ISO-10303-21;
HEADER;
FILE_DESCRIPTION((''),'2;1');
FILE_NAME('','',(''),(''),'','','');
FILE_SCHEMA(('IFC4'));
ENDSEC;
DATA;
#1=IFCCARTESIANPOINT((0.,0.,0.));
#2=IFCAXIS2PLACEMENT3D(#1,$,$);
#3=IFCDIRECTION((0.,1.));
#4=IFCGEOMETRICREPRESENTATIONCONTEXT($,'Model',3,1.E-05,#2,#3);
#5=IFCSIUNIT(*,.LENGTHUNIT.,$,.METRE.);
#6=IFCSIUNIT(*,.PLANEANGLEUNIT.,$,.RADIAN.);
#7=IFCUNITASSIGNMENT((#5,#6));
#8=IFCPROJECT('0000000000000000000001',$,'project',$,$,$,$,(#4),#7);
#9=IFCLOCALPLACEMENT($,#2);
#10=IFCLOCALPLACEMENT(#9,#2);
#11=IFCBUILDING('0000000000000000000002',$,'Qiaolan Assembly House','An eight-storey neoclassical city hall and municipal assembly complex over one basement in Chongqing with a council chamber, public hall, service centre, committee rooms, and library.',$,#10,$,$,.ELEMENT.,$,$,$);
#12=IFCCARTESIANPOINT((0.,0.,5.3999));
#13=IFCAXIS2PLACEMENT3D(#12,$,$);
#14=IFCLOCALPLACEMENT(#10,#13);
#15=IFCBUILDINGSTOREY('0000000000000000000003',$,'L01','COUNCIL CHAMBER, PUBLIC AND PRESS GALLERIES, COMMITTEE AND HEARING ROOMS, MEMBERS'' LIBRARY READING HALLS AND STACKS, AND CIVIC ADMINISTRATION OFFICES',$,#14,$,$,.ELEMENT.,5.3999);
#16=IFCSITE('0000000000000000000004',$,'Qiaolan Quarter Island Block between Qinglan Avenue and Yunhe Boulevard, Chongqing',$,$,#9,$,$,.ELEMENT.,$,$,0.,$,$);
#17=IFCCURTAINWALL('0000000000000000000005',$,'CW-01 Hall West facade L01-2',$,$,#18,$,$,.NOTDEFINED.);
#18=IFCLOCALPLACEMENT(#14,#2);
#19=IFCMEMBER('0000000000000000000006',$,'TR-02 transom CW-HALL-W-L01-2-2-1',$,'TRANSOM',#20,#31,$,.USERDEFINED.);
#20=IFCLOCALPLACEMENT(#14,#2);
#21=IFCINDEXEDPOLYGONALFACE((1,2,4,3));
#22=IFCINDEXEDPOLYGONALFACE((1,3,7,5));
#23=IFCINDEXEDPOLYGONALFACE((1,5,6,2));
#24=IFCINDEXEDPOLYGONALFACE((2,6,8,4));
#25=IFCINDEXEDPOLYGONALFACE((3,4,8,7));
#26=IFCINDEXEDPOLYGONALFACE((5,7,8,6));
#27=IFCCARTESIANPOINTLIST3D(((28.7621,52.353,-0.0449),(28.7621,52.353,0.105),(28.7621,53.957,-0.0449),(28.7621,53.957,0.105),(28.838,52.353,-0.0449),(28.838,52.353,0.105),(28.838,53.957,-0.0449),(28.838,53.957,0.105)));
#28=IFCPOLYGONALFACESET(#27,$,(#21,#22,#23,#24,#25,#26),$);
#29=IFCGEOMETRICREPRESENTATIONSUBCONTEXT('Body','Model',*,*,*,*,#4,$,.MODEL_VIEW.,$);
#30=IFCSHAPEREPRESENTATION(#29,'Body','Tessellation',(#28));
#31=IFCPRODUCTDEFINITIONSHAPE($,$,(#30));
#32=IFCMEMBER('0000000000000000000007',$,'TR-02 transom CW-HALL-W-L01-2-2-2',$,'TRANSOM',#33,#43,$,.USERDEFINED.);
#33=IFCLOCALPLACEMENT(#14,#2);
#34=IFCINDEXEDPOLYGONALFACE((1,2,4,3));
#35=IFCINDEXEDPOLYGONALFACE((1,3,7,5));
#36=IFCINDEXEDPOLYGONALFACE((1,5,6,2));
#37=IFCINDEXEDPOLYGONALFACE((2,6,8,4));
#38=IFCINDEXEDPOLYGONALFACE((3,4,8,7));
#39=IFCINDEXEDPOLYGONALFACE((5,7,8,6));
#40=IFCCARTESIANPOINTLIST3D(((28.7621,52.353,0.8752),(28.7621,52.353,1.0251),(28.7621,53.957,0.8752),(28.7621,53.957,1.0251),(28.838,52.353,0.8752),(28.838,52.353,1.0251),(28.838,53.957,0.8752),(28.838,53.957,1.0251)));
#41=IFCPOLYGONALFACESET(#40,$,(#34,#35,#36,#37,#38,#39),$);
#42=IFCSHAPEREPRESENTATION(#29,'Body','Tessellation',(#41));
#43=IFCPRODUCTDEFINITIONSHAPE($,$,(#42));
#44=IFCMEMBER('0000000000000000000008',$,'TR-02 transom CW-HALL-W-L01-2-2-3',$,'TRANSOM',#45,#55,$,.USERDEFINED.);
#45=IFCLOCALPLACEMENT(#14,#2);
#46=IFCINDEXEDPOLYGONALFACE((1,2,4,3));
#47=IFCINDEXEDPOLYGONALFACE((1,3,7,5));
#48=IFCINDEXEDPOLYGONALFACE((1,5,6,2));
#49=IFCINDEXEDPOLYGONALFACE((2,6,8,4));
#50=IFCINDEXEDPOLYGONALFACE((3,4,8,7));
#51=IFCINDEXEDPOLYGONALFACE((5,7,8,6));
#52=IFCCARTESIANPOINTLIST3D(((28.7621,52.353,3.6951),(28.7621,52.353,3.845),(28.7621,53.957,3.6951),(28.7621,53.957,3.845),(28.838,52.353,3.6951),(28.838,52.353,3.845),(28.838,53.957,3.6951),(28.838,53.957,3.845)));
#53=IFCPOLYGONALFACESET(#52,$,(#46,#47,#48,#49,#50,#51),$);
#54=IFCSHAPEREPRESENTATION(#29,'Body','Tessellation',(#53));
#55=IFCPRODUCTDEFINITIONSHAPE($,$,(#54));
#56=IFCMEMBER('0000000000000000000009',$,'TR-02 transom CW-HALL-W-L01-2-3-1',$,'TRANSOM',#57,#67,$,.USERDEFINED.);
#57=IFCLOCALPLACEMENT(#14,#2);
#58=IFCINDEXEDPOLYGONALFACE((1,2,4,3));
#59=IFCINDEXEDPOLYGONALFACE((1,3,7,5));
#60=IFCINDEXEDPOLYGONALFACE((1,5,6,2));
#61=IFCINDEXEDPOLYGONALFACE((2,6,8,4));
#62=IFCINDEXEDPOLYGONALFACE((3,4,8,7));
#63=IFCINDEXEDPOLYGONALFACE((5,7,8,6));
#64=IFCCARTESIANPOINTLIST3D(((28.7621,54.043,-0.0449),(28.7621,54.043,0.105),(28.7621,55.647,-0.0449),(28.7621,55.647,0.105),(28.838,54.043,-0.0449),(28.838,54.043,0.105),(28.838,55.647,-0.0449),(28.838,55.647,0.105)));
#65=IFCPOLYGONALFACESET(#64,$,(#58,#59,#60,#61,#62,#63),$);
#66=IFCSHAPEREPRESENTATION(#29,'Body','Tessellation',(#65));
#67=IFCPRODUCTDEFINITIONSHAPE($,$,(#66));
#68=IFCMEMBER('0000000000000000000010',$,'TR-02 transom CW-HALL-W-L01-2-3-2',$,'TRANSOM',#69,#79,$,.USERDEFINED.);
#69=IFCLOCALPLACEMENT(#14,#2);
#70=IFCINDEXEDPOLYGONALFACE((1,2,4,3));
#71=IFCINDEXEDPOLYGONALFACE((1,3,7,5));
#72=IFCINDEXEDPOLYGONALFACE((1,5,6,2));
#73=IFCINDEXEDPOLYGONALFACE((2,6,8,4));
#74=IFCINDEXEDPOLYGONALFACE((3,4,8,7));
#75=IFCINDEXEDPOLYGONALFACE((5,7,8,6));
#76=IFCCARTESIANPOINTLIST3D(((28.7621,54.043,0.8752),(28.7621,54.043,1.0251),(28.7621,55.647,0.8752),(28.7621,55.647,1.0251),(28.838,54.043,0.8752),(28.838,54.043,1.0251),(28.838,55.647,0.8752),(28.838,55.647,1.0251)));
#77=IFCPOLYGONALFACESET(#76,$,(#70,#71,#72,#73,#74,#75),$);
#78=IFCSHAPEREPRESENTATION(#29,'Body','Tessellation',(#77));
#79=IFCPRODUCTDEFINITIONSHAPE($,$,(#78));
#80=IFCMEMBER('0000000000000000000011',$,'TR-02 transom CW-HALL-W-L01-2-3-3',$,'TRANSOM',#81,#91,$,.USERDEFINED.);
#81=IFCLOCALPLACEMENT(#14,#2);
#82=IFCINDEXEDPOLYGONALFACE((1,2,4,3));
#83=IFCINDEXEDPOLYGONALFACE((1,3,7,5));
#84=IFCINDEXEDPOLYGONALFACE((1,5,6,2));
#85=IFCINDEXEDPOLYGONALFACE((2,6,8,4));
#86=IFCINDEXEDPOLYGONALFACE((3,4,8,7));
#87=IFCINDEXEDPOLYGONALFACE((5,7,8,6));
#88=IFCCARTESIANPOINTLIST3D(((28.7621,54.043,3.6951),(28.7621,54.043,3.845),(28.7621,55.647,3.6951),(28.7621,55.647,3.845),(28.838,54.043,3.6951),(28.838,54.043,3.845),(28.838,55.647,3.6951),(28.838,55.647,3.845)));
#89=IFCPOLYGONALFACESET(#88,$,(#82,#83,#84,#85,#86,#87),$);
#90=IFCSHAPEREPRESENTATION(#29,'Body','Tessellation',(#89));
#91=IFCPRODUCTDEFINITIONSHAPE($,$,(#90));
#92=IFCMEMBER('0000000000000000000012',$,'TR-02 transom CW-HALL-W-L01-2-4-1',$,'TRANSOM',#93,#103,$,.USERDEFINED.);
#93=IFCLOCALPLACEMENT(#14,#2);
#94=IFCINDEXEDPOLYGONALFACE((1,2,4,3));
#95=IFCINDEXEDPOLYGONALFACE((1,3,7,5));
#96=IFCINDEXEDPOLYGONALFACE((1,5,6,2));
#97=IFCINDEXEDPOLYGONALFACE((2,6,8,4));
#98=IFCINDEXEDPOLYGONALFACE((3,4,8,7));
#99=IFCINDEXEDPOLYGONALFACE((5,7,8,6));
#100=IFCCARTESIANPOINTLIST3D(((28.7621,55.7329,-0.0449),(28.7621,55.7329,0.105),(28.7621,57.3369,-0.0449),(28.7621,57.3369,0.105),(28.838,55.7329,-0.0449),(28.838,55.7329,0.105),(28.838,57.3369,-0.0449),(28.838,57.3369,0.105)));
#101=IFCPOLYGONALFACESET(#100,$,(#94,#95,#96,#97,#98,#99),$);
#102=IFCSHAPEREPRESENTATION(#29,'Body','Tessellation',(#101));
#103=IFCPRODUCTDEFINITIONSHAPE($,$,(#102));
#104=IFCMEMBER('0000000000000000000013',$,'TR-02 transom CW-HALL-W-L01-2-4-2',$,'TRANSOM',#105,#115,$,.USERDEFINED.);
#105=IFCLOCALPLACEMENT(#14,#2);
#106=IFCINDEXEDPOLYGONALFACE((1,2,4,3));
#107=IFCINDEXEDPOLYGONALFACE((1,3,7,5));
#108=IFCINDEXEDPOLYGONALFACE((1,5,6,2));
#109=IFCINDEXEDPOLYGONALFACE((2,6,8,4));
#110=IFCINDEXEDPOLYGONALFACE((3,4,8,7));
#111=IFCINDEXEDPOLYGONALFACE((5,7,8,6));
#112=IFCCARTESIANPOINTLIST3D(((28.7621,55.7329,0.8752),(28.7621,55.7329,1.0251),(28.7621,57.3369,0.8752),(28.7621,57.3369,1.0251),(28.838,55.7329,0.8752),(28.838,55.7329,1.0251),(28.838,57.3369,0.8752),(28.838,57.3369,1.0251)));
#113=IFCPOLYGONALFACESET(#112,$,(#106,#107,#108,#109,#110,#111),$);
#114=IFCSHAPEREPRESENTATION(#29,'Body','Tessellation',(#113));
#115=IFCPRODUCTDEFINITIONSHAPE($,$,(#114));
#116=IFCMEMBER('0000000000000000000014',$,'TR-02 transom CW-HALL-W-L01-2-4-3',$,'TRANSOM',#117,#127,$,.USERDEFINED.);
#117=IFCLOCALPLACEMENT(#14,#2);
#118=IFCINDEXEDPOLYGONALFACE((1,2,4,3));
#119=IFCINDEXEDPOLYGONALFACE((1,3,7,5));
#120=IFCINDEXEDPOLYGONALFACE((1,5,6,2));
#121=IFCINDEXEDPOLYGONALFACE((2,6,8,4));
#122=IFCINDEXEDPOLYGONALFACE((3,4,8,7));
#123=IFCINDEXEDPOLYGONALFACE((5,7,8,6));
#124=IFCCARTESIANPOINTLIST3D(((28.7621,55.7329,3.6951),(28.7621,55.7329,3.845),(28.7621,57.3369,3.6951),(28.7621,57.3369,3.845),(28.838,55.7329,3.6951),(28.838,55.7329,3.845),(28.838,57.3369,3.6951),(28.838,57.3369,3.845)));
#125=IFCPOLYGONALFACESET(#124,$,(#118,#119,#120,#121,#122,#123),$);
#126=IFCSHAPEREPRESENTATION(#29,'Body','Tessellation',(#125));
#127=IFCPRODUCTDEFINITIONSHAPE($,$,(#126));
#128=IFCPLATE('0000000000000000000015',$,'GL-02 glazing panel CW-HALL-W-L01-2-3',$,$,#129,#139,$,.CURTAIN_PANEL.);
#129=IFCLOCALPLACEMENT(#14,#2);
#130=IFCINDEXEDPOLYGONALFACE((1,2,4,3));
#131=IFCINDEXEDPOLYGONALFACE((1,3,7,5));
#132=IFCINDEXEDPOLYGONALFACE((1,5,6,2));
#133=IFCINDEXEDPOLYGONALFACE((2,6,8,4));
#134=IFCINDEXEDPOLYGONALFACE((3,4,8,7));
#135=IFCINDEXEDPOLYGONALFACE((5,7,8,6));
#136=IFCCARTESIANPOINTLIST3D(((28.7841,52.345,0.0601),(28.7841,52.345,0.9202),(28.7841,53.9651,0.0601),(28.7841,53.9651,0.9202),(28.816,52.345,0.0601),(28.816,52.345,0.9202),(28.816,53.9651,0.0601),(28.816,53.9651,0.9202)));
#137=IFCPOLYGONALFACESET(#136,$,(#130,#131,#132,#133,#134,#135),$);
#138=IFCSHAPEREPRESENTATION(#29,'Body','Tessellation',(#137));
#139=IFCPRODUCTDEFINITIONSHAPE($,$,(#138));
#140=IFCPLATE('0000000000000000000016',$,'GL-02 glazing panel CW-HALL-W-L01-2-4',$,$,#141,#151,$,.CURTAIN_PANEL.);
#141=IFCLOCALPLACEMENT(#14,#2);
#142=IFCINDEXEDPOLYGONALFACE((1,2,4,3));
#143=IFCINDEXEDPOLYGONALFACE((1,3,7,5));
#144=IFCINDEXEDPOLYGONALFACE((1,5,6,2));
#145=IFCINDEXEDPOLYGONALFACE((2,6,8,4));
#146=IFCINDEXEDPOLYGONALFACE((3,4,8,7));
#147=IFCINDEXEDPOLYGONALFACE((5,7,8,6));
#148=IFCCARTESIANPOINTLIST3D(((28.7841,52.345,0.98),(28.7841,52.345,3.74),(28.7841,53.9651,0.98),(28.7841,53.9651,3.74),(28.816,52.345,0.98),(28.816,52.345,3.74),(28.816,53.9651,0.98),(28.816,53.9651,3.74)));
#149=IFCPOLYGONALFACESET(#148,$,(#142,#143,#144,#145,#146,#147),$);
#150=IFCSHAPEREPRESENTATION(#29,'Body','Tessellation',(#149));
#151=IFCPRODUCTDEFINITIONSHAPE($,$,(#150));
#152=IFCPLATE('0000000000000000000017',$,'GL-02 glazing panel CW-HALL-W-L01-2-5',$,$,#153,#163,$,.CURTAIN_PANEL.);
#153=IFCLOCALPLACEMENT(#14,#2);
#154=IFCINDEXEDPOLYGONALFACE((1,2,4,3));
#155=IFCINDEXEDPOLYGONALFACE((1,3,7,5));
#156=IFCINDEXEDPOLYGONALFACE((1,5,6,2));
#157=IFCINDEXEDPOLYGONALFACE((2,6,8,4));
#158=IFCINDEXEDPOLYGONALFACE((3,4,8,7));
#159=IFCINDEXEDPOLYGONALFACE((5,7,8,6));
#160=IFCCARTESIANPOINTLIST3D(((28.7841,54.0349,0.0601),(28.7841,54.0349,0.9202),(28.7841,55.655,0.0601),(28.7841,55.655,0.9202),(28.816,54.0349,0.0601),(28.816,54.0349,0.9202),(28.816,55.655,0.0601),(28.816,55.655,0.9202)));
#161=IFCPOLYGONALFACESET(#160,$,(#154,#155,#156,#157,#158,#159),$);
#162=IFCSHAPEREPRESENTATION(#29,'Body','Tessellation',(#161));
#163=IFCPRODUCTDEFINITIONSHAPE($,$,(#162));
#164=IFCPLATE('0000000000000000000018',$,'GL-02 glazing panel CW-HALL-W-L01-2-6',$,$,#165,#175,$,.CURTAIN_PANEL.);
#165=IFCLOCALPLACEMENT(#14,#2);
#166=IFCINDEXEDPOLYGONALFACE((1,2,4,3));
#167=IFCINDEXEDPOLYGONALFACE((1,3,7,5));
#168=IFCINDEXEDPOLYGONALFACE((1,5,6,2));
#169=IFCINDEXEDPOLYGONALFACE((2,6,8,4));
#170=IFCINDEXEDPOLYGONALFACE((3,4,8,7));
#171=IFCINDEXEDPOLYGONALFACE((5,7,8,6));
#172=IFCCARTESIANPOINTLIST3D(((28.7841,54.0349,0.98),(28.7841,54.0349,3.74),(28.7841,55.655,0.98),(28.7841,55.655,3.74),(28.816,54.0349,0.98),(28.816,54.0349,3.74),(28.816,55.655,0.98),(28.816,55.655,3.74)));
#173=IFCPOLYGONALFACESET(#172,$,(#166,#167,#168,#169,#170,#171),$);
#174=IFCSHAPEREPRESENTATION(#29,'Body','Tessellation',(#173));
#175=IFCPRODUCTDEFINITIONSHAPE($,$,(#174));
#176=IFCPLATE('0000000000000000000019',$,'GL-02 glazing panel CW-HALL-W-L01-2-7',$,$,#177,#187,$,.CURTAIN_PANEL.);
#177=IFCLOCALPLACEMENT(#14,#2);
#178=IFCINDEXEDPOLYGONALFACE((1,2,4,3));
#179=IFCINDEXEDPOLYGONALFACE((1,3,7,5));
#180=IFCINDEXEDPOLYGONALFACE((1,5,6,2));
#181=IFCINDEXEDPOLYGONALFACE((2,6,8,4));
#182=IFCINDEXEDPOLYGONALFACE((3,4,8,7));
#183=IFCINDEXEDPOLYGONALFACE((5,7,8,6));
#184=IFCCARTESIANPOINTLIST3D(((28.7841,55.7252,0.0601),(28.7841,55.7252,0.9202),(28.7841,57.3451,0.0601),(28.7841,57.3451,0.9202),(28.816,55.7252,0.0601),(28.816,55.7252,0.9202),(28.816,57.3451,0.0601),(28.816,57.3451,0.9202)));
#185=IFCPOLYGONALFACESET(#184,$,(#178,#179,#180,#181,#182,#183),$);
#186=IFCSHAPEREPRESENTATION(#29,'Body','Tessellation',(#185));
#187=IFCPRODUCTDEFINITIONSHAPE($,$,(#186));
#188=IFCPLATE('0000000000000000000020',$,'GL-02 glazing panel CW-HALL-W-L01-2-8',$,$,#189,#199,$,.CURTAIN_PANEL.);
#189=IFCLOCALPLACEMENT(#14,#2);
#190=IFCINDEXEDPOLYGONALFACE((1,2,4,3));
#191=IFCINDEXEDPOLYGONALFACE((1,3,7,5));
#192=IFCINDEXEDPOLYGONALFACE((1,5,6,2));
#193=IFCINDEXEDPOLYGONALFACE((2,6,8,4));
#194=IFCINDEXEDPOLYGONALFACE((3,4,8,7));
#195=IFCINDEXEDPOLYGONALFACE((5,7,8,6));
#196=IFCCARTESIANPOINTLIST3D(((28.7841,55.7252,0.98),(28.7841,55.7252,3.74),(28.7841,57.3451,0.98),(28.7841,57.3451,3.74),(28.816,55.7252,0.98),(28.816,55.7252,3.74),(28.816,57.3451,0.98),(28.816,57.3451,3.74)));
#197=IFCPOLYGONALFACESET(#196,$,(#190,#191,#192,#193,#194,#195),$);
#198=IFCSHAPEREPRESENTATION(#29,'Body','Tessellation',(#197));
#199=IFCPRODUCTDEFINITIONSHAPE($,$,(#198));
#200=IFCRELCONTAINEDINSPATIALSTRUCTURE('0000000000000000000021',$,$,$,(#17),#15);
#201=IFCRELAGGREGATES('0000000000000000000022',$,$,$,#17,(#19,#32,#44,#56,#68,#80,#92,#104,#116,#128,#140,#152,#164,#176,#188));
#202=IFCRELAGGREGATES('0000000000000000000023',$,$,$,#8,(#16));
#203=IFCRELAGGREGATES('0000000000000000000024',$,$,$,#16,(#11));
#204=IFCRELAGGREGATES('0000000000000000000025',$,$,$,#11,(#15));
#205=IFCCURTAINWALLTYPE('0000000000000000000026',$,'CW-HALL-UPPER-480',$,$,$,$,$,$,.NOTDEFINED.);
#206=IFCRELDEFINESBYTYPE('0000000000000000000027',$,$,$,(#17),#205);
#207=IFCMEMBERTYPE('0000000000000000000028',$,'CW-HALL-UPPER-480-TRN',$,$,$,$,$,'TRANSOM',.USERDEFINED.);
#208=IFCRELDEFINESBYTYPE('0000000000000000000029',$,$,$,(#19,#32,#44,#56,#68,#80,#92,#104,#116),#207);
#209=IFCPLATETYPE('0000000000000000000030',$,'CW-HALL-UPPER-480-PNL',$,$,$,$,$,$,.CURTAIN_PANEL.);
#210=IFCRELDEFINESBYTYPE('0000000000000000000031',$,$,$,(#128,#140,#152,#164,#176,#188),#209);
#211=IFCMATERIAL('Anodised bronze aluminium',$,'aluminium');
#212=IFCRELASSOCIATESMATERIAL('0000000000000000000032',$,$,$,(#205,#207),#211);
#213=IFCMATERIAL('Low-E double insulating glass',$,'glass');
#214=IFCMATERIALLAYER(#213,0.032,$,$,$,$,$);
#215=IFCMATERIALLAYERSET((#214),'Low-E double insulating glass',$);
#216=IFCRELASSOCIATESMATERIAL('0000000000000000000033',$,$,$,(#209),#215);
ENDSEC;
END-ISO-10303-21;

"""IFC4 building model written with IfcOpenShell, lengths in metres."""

from ifc_helpers import new_model, si_unit, direction, frame, frame_2d, origin, origin_2d, place, context, subcontext, project, spatial, rectangle, extrude, material, layer, layer_set, material_profile, profile_set, type_object, element, aggregate, save


model = new_model("IFC4")

# Units and contexts
model_context = context("Model", 3, precision=1e-05, world=origin(), true_north=direction((0.0, 1.0)))
body_context = subcontext(model_context, "Body", "Model", "MODEL_VIEW")
ifc_project = project(units=[si_unit("LENGTHUNIT", "METRE"), si_unit("PLANEANGLEUNIT", "RADIAN")], contexts=[model_context])

# Site, building, storey
site_placement = place(None, origin())
site = spatial("IfcSite", under=ifc_project, at=site_placement, Name="Qiaolan Quarter Island Block between Qinglan Avenue and Yunhe Boulevard, Chongqing", CompositionType="ELEMENT", RefElevation=0.0)
building_placement = place(site_placement, origin())
building = spatial("IfcBuilding", under=site, at=building_placement, Name="Qiaolan Assembly House", Description="An eight-storey neoclassical city hall and municipal assembly complex over one basement in Chongqing with a council chamber, public hall, service centre, committee rooms, and library.", CompositionType="ELEMENT")
storey_placement = place(building_placement, frame((0.0, 0.0, 5.3999)))
storey = spatial("IfcBuildingStorey", under=building, at=storey_placement, Name="L01", Description="COUNCIL CHAMBER, PUBLIC AND PRESS GALLERIES, COMMITTEE AND HEARING ROOMS, MEMBERS' LIBRARY READING HALLS AND STACKS, AND CIVIC ADMINISTRATION OFFICES", CompositionType="ELEMENT", Elevation=5.3999)

# Curtain wall, members, plates
ifc_material_1 = material(Name="Anodised bronze aluminium", Category="aluminium")
curtain_wall_type = type_object("IfcCurtainWallType", Name="CW-HALL-UPPER-480", PredefinedType="NOTDEFINED", material=ifc_material_1)
curtain_wall_placement = place(storey_placement, origin())
curtain_wall = element("IfcCurtainWall", 1, at=curtain_wall_placement, inside=storey, type_object=curtain_wall_type, Name="CW-01 Hall West facade L01-2", PredefinedType="NOTDEFINED")
ifc_material_profile_1 = material_profile(ifc_material_1, rectangle(XDim=0.0759, YDim=0.1499, at=origin_2d()), Name="TRN 76x150")
ifc_profile_set_1 = profile_set([ifc_material_profile_1], Name="Anodised bronze aluminium")
member_type_1 = type_object("IfcMemberType", Name="CW-HALL-UPPER-480-TRN", ElementType="TRANSOM", PredefinedType="USERDEFINED", material=ifc_profile_set_1)
member_1_placement = place(storey_placement, frame((28.8, 52.353, 0.03), z_axis=(0.0, 1.0, 0.0), x_axis=(-1.0, 0.0, 0.0)))
member_1 = element("IfcMember", 2, at=member_1_placement, type_object=member_type_1, Name="TR-02 transom CW-HALL-W-L01-2-2-1", ObjectType="TRANSOM", PredefinedType="USERDEFINED", context=body_context, shape_type="SweptSolid", body=[
    extrude(rectangle(XDim=0.0759, YDim=0.1499, at=origin_2d()), origin(), (0.0, 0.0, 1.0), 1.604),
])
member_2_placement = place(storey_placement, frame((28.8, 52.353, 0.9502), z_axis=(0.0, 1.0, 0.0), x_axis=(-1.0, 0.0, 0.0)))
member_2 = element("IfcMember", 3, at=member_2_placement, type_object=member_type_1, Name="TR-02 transom CW-HALL-W-L01-2-2-2", ObjectType="TRANSOM", PredefinedType="USERDEFINED", context=body_context, shape_type="SweptSolid", body=[
    extrude(rectangle(XDim=0.0759, YDim=0.1499, at=origin_2d()), origin(), (0.0, 0.0, 1.0), 1.604),
])
member_3_placement = place(storey_placement, frame((28.8, 52.353, 3.77), z_axis=(0.0, 1.0, 0.0), x_axis=(-1.0, 0.0, 0.0)))
member_3 = element("IfcMember", 4, at=member_3_placement, type_object=member_type_1, Name="TR-02 transom CW-HALL-W-L01-2-2-3", ObjectType="TRANSOM", PredefinedType="USERDEFINED", context=body_context, shape_type="SweptSolid", body=[
    extrude(rectangle(XDim=0.0759, YDim=0.1499, at=origin_2d()), origin(), (0.0, 0.0, 1.0), 1.604),
])
member_4_placement = place(storey_placement, frame((28.8, 54.043, 0.03), z_axis=(0.0, 1.0, 0.0), x_axis=(-1.0, 0.0, 0.0)))
member_4 = element("IfcMember", 5, at=member_4_placement, type_object=member_type_1, Name="TR-02 transom CW-HALL-W-L01-2-3-1", ObjectType="TRANSOM", PredefinedType="USERDEFINED", context=body_context, shape_type="SweptSolid", body=[
    extrude(rectangle(XDim=0.0759, YDim=0.1499, at=origin_2d()), origin(), (0.0, 0.0, 1.0), 1.604),
])
member_5_placement = place(storey_placement, frame((28.8, 54.043, 0.9502), z_axis=(0.0, 1.0, 0.0), x_axis=(-1.0, 0.0, 0.0)))
member_5 = element("IfcMember", 6, at=member_5_placement, type_object=member_type_1, Name="TR-02 transom CW-HALL-W-L01-2-3-2", ObjectType="TRANSOM", PredefinedType="USERDEFINED", context=body_context, shape_type="SweptSolid", body=[
    extrude(rectangle(XDim=0.0759, YDim=0.1499, at=origin_2d()), origin(), (0.0, 0.0, 1.0), 1.604),
])
member_6_placement = place(storey_placement, frame((28.8, 54.043, 3.77), z_axis=(0.0, 1.0, 0.0), x_axis=(-1.0, 0.0, 0.0)))
member_6 = element("IfcMember", 7, at=member_6_placement, type_object=member_type_1, Name="TR-02 transom CW-HALL-W-L01-2-3-3", ObjectType="TRANSOM", PredefinedType="USERDEFINED", context=body_context, shape_type="SweptSolid", body=[
    extrude(rectangle(XDim=0.0759, YDim=0.1499, at=origin_2d()), origin(), (0.0, 0.0, 1.0), 1.604),
])
member_7_placement = place(storey_placement, frame((28.8, 55.7329, 0.03), z_axis=(0.0, 1.0, 0.0), x_axis=(-1.0, 0.0, 0.0)))
member_7 = element("IfcMember", 8, at=member_7_placement, type_object=member_type_1, Name="TR-02 transom CW-HALL-W-L01-2-4-1", ObjectType="TRANSOM", PredefinedType="USERDEFINED", context=body_context, shape_type="SweptSolid", body=[
    extrude(rectangle(XDim=0.0759, YDim=0.1499, at=origin_2d()), origin(), (0.0, 0.0, 1.0), 1.604),
])
member_8_placement = place(storey_placement, frame((28.8, 55.7329, 0.9502), z_axis=(0.0, 1.0, 0.0), x_axis=(-1.0, 0.0, 0.0)))
member_8 = element("IfcMember", 9, at=member_8_placement, type_object=member_type_1, Name="TR-02 transom CW-HALL-W-L01-2-4-2", ObjectType="TRANSOM", PredefinedType="USERDEFINED", context=body_context, shape_type="SweptSolid", body=[
    extrude(rectangle(XDim=0.0759, YDim=0.1499, at=origin_2d()), origin(), (0.0, 0.0, 1.0), 1.604),
])
member_9_placement = place(storey_placement, frame((28.8, 55.7329, 3.77), z_axis=(0.0, 1.0, 0.0), x_axis=(-1.0, 0.0, 0.0)))
member_9 = element("IfcMember", 10, at=member_9_placement, type_object=member_type_1, Name="TR-02 transom CW-HALL-W-L01-2-4-3", ObjectType="TRANSOM", PredefinedType="USERDEFINED", context=body_context, shape_type="SweptSolid", body=[
    extrude(rectangle(XDim=0.0759, YDim=0.1499, at=origin_2d()), origin(), (0.0, 0.0, 1.0), 1.604),
])
ifc_material_2 = material(Name="Low-E double insulating glass", Category="glass")
ifc_layer = layer(ifc_material_2, 0.032)
ifc_layer_set = layer_set([ifc_layer], Name="Low-E double insulating glass")
plate_type = type_object("IfcPlateType", Name="CW-HALL-UPPER-480-PNL", PredefinedType="CURTAIN_PANEL", material=ifc_layer_set)
plate_1_placement = place(storey_placement, frame((28.8, 52.345, 0.0601), z_axis=(0.0, 0.0, 1.0), x_axis=(0.0, 1.0, 0.0)))
plate_1 = element("IfcPlate", 11, at=plate_1_placement, type_object=plate_type, Name="GL-02 glazing panel CW-HALL-W-L01-2-3", PredefinedType="CURTAIN_PANEL", context=body_context, shape_type="SweptSolid", body=[
    extrude(rectangle(XDim=1.6201, YDim=0.032, at=frame_2d((0.8101, 0.0))), origin(), (0.0, 0.0, 1.0), 0.8601),
])
plate_2_placement = place(storey_placement, frame((28.8, 52.345, 0.98), z_axis=(0.0, 0.0, 1.0), x_axis=(0.0, 1.0, 0.0)))
plate_2 = element("IfcPlate", 12, at=plate_2_placement, type_object=plate_type, Name="GL-02 glazing panel CW-HALL-W-L01-2-4", PredefinedType="CURTAIN_PANEL", context=body_context, shape_type="SweptSolid", body=[
    extrude(rectangle(XDim=1.6201, YDim=0.032, at=frame_2d((0.8101, 0.0))), origin(), (0.0, 0.0, 1.0), 2.76),
])
plate_3_placement = place(storey_placement, frame((28.8, 54.0349, 0.0601), z_axis=(0.0, 0.0, 1.0), x_axis=(0.0, 1.0, 0.0)))
plate_3 = element("IfcPlate", 13, at=plate_3_placement, type_object=plate_type, Name="GL-02 glazing panel CW-HALL-W-L01-2-5", PredefinedType="CURTAIN_PANEL", context=body_context, shape_type="SweptSolid", body=[
    extrude(rectangle(XDim=1.6201, YDim=0.032, at=frame_2d((0.8101, 0.0))), origin(), (0.0, 0.0, 1.0), 0.8601),
])
plate_4_placement = place(storey_placement, frame((28.8, 54.0349, 0.98), z_axis=(0.0, 0.0, 1.0), x_axis=(0.0, 1.0, 0.0)))
plate_4 = element("IfcPlate", 14, at=plate_4_placement, type_object=plate_type, Name="GL-02 glazing panel CW-HALL-W-L01-2-6", PredefinedType="CURTAIN_PANEL", context=body_context, shape_type="SweptSolid", body=[
    extrude(rectangle(XDim=1.6201, YDim=0.032, at=frame_2d((0.8101, 0.0))), origin(), (0.0, 0.0, 1.0), 2.76),
])
plate_5_placement = place(storey_placement, frame((28.8, 55.7251, 0.0601), z_axis=(0.0, 0.0, 1.0), x_axis=(0.0, 1.0, 0.0)))
plate_5 = element("IfcPlate", 15, at=plate_5_placement, type_object=plate_type, Name="GL-02 glazing panel CW-HALL-W-L01-2-7", PredefinedType="CURTAIN_PANEL", context=body_context, shape_type="SweptSolid", body=[
    extrude(rectangle(XDim=1.6199, YDim=0.032, at=frame_2d((0.8101, 0.0))), origin(), (0.0, 0.0, 1.0), 0.8601),
])
plate_6_placement = place(storey_placement, frame((28.8, 55.7251, 0.98), z_axis=(0.0, 0.0, 1.0), x_axis=(0.0, 1.0, 0.0)))
plate_6 = element("IfcPlate", 16, at=plate_6_placement, type_object=plate_type, Name="GL-02 glazing panel CW-HALL-W-L01-2-8", PredefinedType="CURTAIN_PANEL", context=body_context, shape_type="SweptSolid", body=[
    extrude(rectangle(XDim=1.6199, YDim=0.032, at=frame_2d((0.8101, 0.0))), origin(), (0.0, 0.0, 1.0), 2.76),
])
aggregate(curtain_wall, [member_1, member_2, member_3, member_4, member_5, member_6, member_7, member_8, member_9, plate_1, plate_2, plate_3, plate_4, plate_5, plate_6])

save(model, "model.ifc")
